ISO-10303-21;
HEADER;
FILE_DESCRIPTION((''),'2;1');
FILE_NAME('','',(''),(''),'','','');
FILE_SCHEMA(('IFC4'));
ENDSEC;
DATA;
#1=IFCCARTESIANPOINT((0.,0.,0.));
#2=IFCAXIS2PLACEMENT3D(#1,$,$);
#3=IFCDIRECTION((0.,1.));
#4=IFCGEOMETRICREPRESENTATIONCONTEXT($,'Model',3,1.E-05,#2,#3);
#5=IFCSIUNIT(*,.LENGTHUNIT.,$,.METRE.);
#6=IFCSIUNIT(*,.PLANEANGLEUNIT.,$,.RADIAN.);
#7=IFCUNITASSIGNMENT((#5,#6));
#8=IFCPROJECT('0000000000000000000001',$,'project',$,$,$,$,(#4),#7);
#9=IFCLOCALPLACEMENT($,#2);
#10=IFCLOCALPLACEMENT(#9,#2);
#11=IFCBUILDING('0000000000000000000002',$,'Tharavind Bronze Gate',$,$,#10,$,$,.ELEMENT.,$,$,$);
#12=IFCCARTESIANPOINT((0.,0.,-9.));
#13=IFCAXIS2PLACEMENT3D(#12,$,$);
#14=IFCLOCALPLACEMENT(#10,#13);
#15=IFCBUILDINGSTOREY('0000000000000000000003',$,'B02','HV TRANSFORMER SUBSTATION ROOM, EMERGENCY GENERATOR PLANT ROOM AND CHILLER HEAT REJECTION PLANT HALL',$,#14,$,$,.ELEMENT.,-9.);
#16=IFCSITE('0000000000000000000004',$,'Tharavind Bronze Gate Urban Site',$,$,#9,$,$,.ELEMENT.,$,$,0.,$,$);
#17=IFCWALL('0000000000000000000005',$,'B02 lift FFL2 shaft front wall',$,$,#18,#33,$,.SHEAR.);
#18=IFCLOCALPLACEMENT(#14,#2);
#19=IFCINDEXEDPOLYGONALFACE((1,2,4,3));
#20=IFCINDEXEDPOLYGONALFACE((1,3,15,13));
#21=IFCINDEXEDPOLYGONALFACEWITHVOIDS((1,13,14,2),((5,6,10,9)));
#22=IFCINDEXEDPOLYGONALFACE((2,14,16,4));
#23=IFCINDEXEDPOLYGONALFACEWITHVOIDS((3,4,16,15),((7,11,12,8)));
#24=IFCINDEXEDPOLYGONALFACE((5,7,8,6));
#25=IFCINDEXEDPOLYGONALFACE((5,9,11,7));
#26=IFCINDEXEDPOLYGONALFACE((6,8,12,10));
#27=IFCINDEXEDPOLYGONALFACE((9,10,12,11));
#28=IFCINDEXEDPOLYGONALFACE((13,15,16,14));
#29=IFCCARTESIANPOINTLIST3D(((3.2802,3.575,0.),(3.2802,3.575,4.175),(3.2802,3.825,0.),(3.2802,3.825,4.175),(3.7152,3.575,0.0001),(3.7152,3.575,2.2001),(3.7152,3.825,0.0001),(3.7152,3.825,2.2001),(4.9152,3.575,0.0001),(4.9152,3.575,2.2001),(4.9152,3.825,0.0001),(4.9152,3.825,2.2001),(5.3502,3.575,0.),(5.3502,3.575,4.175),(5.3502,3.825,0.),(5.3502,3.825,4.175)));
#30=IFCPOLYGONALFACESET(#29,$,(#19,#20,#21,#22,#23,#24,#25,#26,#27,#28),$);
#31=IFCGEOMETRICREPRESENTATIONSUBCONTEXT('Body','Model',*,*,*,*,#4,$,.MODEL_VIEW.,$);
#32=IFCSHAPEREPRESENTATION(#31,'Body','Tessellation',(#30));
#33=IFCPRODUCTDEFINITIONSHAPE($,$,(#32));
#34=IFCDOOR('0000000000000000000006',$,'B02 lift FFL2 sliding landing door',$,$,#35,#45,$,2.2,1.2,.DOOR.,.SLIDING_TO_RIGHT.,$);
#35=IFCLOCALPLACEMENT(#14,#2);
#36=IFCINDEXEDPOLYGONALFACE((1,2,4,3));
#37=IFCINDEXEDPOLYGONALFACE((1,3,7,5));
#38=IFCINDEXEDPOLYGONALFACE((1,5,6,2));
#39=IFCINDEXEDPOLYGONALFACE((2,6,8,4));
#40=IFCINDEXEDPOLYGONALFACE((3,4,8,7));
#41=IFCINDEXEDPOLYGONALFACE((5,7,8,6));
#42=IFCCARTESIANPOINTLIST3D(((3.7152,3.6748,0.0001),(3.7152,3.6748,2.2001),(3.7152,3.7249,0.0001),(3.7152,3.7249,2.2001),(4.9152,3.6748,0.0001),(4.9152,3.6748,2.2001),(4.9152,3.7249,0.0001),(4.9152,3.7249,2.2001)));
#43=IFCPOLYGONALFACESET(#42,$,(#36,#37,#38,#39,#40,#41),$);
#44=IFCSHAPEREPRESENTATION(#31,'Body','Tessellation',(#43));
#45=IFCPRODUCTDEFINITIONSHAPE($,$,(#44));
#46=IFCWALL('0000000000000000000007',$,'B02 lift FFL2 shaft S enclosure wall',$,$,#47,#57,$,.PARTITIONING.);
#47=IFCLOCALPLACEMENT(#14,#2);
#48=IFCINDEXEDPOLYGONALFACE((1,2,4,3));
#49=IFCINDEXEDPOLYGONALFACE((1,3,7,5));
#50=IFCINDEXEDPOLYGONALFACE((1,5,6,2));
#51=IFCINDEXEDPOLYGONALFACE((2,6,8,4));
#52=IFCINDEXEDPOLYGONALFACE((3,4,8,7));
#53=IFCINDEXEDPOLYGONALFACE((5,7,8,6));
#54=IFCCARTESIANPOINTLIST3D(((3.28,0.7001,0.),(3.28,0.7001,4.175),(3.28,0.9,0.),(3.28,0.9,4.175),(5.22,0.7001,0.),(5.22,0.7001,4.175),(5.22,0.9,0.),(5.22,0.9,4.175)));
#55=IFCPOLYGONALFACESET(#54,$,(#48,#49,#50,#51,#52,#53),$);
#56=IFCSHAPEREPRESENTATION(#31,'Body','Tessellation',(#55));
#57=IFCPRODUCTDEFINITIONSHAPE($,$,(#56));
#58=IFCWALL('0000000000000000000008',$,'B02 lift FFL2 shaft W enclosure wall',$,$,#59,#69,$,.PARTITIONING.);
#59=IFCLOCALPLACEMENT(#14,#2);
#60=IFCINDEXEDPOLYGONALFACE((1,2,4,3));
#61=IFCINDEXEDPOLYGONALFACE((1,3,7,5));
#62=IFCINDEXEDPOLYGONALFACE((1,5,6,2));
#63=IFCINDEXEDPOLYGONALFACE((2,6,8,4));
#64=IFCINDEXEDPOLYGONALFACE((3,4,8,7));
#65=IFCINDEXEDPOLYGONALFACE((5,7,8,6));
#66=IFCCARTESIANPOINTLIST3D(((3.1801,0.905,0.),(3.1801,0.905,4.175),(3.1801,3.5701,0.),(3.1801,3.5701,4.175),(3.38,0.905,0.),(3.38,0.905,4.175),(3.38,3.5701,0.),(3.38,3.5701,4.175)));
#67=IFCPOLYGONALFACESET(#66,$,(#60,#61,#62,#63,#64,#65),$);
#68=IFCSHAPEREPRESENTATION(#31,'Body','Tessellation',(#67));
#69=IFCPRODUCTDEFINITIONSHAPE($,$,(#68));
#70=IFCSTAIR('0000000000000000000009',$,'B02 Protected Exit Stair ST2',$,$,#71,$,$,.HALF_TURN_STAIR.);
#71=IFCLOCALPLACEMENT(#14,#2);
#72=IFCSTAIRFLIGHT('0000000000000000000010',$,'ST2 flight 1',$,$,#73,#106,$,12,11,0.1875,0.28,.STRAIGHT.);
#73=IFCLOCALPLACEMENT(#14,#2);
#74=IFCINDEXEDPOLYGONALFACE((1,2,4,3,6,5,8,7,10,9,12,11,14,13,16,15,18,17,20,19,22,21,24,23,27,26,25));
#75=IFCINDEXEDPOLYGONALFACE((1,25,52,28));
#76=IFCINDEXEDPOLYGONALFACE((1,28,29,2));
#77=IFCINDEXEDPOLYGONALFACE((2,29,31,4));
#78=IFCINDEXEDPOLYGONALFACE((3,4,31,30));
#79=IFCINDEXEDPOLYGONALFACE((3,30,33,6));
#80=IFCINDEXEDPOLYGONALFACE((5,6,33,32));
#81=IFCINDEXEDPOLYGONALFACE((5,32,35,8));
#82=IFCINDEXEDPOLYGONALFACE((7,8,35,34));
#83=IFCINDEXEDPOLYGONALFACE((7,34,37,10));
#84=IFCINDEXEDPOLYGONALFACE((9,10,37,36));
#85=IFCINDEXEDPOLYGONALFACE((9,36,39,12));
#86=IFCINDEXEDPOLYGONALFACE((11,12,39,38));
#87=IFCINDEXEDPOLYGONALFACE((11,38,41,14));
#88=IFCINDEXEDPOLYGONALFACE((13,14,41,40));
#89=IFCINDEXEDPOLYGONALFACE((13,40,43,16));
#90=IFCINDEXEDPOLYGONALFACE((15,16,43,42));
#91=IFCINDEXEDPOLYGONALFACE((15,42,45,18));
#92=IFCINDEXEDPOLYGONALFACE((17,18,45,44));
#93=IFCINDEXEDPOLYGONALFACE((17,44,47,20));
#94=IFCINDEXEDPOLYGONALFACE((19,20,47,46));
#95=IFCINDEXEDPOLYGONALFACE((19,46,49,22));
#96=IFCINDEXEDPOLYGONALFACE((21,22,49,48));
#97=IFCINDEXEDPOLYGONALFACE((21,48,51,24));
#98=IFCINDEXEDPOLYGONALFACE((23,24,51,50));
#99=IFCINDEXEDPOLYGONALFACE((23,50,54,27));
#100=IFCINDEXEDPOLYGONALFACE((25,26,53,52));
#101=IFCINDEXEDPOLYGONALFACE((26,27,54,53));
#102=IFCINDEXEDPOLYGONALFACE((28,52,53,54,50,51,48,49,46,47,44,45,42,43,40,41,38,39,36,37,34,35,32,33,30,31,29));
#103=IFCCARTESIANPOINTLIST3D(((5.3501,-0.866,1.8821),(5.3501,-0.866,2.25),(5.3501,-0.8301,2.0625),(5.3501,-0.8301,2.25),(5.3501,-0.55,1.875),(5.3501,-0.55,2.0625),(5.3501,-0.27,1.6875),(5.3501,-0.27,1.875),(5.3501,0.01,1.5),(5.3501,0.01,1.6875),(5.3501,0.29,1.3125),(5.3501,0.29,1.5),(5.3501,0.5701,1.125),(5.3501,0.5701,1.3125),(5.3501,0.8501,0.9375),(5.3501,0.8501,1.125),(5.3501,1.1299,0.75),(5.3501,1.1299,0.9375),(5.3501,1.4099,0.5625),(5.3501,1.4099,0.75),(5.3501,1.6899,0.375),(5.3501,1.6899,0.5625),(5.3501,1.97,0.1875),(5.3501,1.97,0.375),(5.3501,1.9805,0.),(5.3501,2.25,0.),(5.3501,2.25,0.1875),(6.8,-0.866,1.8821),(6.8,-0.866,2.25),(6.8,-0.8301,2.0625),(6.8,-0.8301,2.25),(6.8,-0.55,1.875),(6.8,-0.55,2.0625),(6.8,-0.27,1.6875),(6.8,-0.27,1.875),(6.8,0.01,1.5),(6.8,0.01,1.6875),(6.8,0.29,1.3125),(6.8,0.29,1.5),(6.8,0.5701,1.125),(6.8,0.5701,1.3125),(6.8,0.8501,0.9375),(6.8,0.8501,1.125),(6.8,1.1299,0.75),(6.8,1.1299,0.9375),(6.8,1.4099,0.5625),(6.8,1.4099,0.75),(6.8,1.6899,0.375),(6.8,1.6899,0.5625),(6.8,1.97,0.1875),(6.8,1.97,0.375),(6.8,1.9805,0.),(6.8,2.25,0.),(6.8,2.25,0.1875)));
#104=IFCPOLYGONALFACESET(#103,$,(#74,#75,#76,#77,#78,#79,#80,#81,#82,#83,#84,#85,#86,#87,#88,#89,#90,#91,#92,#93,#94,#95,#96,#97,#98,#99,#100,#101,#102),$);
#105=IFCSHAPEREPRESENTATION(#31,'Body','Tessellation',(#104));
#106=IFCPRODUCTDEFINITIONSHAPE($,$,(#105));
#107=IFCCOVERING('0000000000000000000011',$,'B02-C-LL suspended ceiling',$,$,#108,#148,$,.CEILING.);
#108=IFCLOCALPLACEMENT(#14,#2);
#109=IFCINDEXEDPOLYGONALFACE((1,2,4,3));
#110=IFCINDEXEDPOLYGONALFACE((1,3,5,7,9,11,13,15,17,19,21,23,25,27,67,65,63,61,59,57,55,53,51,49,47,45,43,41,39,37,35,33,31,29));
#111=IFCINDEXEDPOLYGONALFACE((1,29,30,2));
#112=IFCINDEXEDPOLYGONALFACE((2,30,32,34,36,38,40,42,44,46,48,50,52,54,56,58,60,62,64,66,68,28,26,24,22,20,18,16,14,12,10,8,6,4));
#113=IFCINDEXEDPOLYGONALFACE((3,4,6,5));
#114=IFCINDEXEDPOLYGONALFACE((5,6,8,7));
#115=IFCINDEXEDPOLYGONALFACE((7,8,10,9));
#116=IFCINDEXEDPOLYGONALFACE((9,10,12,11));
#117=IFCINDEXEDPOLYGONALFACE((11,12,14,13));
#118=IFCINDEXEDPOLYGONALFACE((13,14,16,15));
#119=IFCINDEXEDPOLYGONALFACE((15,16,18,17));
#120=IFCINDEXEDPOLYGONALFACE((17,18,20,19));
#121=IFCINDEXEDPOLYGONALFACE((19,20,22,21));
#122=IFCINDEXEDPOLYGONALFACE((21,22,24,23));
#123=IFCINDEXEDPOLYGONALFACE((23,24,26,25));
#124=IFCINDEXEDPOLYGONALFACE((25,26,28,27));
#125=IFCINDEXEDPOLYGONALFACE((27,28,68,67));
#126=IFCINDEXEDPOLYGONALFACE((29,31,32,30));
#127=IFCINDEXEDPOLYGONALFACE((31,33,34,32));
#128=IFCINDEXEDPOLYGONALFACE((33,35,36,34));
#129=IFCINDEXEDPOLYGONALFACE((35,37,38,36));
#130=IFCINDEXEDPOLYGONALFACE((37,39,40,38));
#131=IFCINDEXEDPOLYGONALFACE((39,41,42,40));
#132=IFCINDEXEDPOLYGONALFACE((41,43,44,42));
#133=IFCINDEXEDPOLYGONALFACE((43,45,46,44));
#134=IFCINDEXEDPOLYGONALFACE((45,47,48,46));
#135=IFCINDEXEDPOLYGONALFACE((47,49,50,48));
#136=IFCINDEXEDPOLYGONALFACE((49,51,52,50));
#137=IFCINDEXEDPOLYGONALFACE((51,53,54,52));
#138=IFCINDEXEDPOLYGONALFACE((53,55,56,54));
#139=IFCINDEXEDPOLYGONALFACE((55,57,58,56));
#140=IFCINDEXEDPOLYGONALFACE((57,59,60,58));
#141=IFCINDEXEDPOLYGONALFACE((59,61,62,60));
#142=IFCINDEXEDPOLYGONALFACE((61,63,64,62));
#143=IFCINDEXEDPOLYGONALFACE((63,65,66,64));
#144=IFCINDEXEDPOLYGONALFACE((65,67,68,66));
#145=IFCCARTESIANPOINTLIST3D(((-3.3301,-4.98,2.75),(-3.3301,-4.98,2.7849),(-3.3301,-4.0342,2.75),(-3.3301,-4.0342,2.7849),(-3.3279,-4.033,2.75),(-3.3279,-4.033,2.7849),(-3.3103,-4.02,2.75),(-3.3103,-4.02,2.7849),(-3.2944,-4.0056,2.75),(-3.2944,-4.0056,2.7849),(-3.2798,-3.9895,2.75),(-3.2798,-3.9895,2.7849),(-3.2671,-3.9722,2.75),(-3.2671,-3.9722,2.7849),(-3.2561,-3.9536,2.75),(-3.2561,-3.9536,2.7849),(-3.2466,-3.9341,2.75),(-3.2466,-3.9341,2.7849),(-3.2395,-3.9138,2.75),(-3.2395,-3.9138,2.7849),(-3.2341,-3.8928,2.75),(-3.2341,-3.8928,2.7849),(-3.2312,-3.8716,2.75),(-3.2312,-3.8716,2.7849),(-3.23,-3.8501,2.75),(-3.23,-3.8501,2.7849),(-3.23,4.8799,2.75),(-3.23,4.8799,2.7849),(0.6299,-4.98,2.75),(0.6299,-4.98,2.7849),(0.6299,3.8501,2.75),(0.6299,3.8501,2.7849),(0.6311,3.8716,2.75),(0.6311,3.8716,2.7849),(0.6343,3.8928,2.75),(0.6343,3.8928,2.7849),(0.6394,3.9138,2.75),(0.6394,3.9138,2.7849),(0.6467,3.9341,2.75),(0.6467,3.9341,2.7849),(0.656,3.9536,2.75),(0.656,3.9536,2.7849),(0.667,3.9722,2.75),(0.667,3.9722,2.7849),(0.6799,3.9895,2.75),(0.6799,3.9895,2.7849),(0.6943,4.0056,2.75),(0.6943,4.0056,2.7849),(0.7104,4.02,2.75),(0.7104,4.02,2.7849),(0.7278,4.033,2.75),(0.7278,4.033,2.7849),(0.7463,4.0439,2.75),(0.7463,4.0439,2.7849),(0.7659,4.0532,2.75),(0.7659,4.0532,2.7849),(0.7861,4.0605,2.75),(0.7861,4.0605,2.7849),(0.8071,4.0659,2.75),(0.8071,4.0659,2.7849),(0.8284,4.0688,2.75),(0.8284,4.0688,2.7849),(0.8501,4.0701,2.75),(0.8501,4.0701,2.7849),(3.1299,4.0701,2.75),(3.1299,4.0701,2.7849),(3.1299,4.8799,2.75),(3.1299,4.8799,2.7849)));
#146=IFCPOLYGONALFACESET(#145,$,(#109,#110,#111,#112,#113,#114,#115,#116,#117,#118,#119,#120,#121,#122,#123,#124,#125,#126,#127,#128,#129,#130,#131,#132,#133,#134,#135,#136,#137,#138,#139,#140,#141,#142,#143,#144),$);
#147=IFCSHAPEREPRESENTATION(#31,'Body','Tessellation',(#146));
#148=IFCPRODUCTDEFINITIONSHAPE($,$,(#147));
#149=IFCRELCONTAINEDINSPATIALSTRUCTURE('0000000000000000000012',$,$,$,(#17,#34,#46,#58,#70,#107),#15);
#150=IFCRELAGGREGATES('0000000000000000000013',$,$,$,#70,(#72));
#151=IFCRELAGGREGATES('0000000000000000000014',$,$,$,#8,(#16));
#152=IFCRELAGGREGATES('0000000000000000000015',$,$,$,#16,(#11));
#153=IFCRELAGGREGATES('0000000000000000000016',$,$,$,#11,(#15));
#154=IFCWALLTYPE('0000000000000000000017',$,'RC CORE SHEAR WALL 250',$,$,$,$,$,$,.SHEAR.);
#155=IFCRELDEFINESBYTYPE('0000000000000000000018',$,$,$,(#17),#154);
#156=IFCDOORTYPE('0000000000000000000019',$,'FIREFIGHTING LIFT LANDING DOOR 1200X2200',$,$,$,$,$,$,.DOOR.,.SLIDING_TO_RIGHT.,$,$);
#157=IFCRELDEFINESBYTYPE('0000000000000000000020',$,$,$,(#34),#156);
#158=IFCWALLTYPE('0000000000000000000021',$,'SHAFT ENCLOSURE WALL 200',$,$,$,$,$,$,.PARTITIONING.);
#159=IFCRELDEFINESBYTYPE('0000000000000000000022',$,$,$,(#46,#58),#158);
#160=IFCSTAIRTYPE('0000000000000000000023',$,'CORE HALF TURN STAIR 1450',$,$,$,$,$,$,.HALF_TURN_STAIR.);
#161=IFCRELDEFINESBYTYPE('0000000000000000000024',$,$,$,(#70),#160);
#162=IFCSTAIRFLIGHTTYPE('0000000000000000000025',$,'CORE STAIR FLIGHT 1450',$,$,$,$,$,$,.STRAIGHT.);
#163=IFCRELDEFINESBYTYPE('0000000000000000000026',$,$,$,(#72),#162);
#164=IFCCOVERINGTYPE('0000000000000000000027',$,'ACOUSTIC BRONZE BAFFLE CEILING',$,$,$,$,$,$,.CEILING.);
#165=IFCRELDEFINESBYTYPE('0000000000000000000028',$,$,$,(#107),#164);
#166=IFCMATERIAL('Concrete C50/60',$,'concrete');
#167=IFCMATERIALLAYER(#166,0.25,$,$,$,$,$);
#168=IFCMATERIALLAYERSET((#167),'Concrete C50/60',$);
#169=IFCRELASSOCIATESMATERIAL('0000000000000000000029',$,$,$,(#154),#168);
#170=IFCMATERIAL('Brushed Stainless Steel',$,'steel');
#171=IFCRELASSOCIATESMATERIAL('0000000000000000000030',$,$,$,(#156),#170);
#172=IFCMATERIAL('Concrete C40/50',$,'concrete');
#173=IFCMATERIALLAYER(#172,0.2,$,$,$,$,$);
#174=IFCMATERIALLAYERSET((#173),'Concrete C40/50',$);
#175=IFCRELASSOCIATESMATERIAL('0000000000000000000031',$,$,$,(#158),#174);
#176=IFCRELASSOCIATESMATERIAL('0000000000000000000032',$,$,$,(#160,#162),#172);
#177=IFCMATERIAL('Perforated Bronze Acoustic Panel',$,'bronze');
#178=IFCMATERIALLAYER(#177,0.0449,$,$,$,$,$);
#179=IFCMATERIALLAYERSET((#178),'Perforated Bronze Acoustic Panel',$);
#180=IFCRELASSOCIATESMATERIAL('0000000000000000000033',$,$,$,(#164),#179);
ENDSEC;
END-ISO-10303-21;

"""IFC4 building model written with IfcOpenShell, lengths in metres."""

from ifc_helpers import new_model, si_unit, direction, frame, frame_2d, origin, place, context, subcontext, project, spatial, polyline, rectangle, outline, extrude, material, layer, layer_set, type_object, element, fill, aggregate, save


model = new_model("IFC4")

# Units and contexts
model_context = context("Model", 3, precision=1e-05, world=origin(), true_north=direction((0.0, 1.0)))
body_context = subcontext(model_context, "Body", "Model", "MODEL_VIEW")
ifc_project = project(units=[si_unit("LENGTHUNIT", "METRE"), si_unit("PLANEANGLEUNIT", "RADIAN")], contexts=[model_context])

# Site, building, storey
site_placement = place(None, origin())
site = spatial("IfcSite", under=ifc_project, at=site_placement, Name="Tharavind Bronze Gate Urban Site", CompositionType="ELEMENT", RefElevation=0.0)
building_placement = place(site_placement, origin())
building = spatial("IfcBuilding", under=site, at=building_placement, Name="Tharavind Bronze Gate", CompositionType="ELEMENT")
storey_placement = place(building_placement, frame((0.0, 0.0, -9.0)))
storey = spatial("IfcBuildingStorey", under=building, at=storey_placement, Name="B02", Description="HV TRANSFORMER SUBSTATION ROOM, EMERGENCY GENERATOR PLANT ROOM AND CHILLER HEAT REJECTION PLANT HALL", CompositionType="ELEMENT", Elevation=-9.0)

# Shared definitions
ifc_material_1 = material(Name="Concrete C50/60", Category="concrete")

# Shared definitions
ifc_material_2 = material(Name="Concrete C40/50", Category="concrete")

# Wall, opening, door
ifc_layer_1 = layer(ifc_material_1, 0.25)
ifc_layer_set_1 = layer_set([ifc_layer_1], Name="Concrete C50/60")
wall_type_1 = type_object("IfcWallType", Name="RC CORE SHEAR WALL 250", PredefinedType="SHEAR", material=ifc_layer_set_1)
wall_1_placement = place(storey_placement, frame((3.28, 3.7, 0.0), z_axis=(0.0, 0.0, 1.0), x_axis=(1.0, 0.0, 0.0)))
wall_1 = element("IfcWall", 1, at=wall_1_placement, inside=storey, type_object=wall_type_1, Name="B02 lift FFL2 shaft front wall", PredefinedType="SHEAR", context=body_context, shape_type="SweptSolid", body=[
    extrude(rectangle(XDim=2.0701, YDim=0.25, at=frame_2d((1.0352, 0.0))), origin(), (0.0, 0.0, 1.0), 4.175),
])
opening_placement = place(wall_1_placement, frame((0.4351, 0.0, 0.0)))
opening = element("IfcOpeningElement", 2, at=opening_placement, cuts=wall_1, PredefinedType="OPENING", context=body_context, shape_type="SweptSolid", body=[
    extrude(rectangle(XDim=1.2, YDim=2.2, at=frame_2d((0.6001, 1.1001))), frame((0.0, 0.135, 0.0), z_axis=(0.0, -1.0, 0.0), x_axis=(1.0, 0.0, 0.0)), (0.0, 0.0, 1.0), 0.27),
])
ifc_material_3 = material(Name="Brushed Stainless Steel", Category="steel")
door_type = type_object("IfcDoorType", Name="FIREFIGHTING LIFT LANDING DOOR 1200X2200", OperationType="SLIDING_TO_RIGHT", PredefinedType="DOOR", material=ifc_material_3)
door_placement = place(opening_placement, origin())
door = element("IfcDoor", 3, at=door_placement, inside=storey, type_object=door_type, Name="B02 lift FFL2 sliding landing door", OperationType="SLIDING_TO_RIGHT", OverallHeight=2.2, OverallWidth=1.2, PredefinedType="DOOR", context=body_context, shape_type="SweptSolid", body=[
    extrude(rectangle(XDim=1.2, YDim=2.2, at=frame_2d((0.6001, 1.1001))), frame((0.0, 0.0249, 0.0), z_axis=(0.0, -1.0, 0.0), x_axis=(1.0, 0.0, 0.0)), (0.0, 0.0, 1.0), 0.05),
])
fill(opening, door)

# Walls
ifc_layer_2 = layer(ifc_material_2, 0.2)
ifc_layer_set_2 = layer_set([ifc_layer_2], Name="Concrete C40/50")
wall_type_2 = type_object("IfcWallType", Name="SHAFT ENCLOSURE WALL 200", PredefinedType="PARTITIONING", material=ifc_layer_set_2)
wall_2_placement = place(storey_placement, frame((3.28, 0.8, 0.0), z_axis=(0.0, 0.0, 1.0), x_axis=(1.0, 0.0, 0.0)))
element("IfcWall", 4, at=wall_2_placement, inside=storey, type_object=wall_type_2, Name="B02 lift FFL2 shaft S enclosure wall", PredefinedType="PARTITIONING", context=body_context, shape_type="SweptSolid", body=[
    extrude(rectangle(XDim=1.9399, YDim=0.2, at=frame_2d((0.97, 0.0))), origin(), (0.0, 0.0, 1.0), 4.175),
])
wall_3_placement = place(storey_placement, frame((3.28, 0.905, 0.0), z_axis=(0.0, 0.0, 1.0), x_axis=(0.0, 1.0, 0.0)))
element("IfcWall", 5, at=wall_3_placement, inside=storey, type_object=wall_type_2, Name="B02 lift FFL2 shaft W enclosure wall", PredefinedType="PARTITIONING", context=body_context, shape_type="SweptSolid", body=[
    extrude(rectangle(XDim=2.665, YDim=0.2, at=frame_2d((1.3325, 0.0))), origin(), (0.0, 0.0, 1.0), 4.175),
])

# Stair, stair flight
stair_type_1 = type_object("IfcStairType", Name="CORE HALF TURN STAIR 1450", PredefinedType="HALF_TURN_STAIR", material=ifc_material_2)
stair_1_placement = place(storey_placement, origin())
stair_1 = element("IfcStair", 6, at=stair_1_placement, inside=storey, type_object=stair_type_1, Name="B02 Protected Exit Stair ST2", PredefinedType="HALF_TURN_STAIR")
stair_flight_type = type_object("IfcStairFlightType", Name="CORE STAIR FLIGHT 1450", PredefinedType="STRAIGHT", material=ifc_material_2)
stair_flight_placement = place(storey_placement, frame((6.075, 2.25, 0.0), z_axis=(0.0, 0.0, 1.0), x_axis=(0.0, -1.0, 0.0)))
stair_flight = element("IfcStairFlight", 7, at=stair_flight_placement, type_object=stair_flight_type, Name="ST2 flight 1", NumberOfRisers=12, NumberOfTreads=11, PredefinedType="STRAIGHT", RiserHeight=0.1875, TreadLength=0.28, context=body_context, shape_type="SweptSolid", body=[
    extrude(outline(polyline([(0.0, 0.0), (0.0, 0.1875), (0.28, 0.1875), (0.28, 0.375), (0.5601, 0.375), (0.5601, 0.5625), (0.8401, 0.5625), (0.8401, 0.75), (1.1201, 0.75), (1.1201, 0.9375), (1.3999, 0.9375), (1.3999, 1.125), (1.6799, 1.125), (1.6799, 1.3125), (1.96, 1.3125), (1.96, 1.5), (2.24, 1.5), (2.24, 1.6875), (2.52, 1.6875), (2.52, 1.875), (2.8, 1.875), (2.8, 2.0625), (3.0801, 2.0625), (3.0801, 2.25), (3.116, 2.25), (3.116, 1.8821), (0.2695, 0.0), (0.0, 0.0)])), frame((0.0, 0.7251, 0.0), z_axis=(0.0, -1.0, 0.0), x_axis=(1.0, 0.0, 0.0)), (0.0, 0.0, 1.0), 1.45),
])
aggregate(stair_1, [stair_flight])

# Covering
ifc_material_4 = material(Name="Perforated Bronze Acoustic Panel", Category="bronze")
ifc_layer_3 = layer(ifc_material_4, 0.0449)
ifc_layer_set_3 = layer_set([ifc_layer_3], Name="Perforated Bronze Acoustic Panel")
covering_type_1 = type_object("IfcCoveringType", Name="ACOUSTIC BRONZE BAFFLE CEILING", PredefinedType="CEILING", material=ifc_layer_set_3)
covering_1_placement = place(storey_placement, frame((0.0, 0.0, 2.75)))
element("IfcCovering", 8, at=covering_1_placement, inside=storey, type_object=covering_type_1, Name="B02-C-LL suspended ceiling", PredefinedType="CEILING", context=body_context, shape_type="SweptSolid", body=[
    extrude(outline(polyline([(-3.3301, -4.98), (0.6299, -4.98), (0.6299, 3.8501), (0.6311, 3.8716), (0.6343, 3.8928), (0.6394, 3.9138), (0.6467, 3.9341), (0.656, 3.9536), (0.667, 3.9722), (0.6799, 3.9895), (0.6943, 4.0056), (0.7104, 4.02), (0.7278, 4.033), (0.7463, 4.0439), (0.7659, 4.0532), (0.7861, 4.0605), (0.8071, 4.0659), (0.8284, 4.0688), (0.8501, 4.0701), (3.1299, 4.0701), (3.1299, 4.8799), (-3.23, 4.8799), (-3.23, -3.8501), (-3.2312, -3.8716), (-3.2341, -3.8928), (-3.2395, -3.9138), (-3.2466, -3.9341), (-3.2561, -3.9536), (-3.2671, -3.9722), (-3.2798, -3.9895), (-3.2944, -4.0056), (-3.3103, -4.02), (-3.3279, -4.033), (-3.3301, -4.0342), (-3.3301, -4.98)])), origin(), (0.0, 0.0, 1.0), 0.0349),
])

save(model, "model.ifc")
